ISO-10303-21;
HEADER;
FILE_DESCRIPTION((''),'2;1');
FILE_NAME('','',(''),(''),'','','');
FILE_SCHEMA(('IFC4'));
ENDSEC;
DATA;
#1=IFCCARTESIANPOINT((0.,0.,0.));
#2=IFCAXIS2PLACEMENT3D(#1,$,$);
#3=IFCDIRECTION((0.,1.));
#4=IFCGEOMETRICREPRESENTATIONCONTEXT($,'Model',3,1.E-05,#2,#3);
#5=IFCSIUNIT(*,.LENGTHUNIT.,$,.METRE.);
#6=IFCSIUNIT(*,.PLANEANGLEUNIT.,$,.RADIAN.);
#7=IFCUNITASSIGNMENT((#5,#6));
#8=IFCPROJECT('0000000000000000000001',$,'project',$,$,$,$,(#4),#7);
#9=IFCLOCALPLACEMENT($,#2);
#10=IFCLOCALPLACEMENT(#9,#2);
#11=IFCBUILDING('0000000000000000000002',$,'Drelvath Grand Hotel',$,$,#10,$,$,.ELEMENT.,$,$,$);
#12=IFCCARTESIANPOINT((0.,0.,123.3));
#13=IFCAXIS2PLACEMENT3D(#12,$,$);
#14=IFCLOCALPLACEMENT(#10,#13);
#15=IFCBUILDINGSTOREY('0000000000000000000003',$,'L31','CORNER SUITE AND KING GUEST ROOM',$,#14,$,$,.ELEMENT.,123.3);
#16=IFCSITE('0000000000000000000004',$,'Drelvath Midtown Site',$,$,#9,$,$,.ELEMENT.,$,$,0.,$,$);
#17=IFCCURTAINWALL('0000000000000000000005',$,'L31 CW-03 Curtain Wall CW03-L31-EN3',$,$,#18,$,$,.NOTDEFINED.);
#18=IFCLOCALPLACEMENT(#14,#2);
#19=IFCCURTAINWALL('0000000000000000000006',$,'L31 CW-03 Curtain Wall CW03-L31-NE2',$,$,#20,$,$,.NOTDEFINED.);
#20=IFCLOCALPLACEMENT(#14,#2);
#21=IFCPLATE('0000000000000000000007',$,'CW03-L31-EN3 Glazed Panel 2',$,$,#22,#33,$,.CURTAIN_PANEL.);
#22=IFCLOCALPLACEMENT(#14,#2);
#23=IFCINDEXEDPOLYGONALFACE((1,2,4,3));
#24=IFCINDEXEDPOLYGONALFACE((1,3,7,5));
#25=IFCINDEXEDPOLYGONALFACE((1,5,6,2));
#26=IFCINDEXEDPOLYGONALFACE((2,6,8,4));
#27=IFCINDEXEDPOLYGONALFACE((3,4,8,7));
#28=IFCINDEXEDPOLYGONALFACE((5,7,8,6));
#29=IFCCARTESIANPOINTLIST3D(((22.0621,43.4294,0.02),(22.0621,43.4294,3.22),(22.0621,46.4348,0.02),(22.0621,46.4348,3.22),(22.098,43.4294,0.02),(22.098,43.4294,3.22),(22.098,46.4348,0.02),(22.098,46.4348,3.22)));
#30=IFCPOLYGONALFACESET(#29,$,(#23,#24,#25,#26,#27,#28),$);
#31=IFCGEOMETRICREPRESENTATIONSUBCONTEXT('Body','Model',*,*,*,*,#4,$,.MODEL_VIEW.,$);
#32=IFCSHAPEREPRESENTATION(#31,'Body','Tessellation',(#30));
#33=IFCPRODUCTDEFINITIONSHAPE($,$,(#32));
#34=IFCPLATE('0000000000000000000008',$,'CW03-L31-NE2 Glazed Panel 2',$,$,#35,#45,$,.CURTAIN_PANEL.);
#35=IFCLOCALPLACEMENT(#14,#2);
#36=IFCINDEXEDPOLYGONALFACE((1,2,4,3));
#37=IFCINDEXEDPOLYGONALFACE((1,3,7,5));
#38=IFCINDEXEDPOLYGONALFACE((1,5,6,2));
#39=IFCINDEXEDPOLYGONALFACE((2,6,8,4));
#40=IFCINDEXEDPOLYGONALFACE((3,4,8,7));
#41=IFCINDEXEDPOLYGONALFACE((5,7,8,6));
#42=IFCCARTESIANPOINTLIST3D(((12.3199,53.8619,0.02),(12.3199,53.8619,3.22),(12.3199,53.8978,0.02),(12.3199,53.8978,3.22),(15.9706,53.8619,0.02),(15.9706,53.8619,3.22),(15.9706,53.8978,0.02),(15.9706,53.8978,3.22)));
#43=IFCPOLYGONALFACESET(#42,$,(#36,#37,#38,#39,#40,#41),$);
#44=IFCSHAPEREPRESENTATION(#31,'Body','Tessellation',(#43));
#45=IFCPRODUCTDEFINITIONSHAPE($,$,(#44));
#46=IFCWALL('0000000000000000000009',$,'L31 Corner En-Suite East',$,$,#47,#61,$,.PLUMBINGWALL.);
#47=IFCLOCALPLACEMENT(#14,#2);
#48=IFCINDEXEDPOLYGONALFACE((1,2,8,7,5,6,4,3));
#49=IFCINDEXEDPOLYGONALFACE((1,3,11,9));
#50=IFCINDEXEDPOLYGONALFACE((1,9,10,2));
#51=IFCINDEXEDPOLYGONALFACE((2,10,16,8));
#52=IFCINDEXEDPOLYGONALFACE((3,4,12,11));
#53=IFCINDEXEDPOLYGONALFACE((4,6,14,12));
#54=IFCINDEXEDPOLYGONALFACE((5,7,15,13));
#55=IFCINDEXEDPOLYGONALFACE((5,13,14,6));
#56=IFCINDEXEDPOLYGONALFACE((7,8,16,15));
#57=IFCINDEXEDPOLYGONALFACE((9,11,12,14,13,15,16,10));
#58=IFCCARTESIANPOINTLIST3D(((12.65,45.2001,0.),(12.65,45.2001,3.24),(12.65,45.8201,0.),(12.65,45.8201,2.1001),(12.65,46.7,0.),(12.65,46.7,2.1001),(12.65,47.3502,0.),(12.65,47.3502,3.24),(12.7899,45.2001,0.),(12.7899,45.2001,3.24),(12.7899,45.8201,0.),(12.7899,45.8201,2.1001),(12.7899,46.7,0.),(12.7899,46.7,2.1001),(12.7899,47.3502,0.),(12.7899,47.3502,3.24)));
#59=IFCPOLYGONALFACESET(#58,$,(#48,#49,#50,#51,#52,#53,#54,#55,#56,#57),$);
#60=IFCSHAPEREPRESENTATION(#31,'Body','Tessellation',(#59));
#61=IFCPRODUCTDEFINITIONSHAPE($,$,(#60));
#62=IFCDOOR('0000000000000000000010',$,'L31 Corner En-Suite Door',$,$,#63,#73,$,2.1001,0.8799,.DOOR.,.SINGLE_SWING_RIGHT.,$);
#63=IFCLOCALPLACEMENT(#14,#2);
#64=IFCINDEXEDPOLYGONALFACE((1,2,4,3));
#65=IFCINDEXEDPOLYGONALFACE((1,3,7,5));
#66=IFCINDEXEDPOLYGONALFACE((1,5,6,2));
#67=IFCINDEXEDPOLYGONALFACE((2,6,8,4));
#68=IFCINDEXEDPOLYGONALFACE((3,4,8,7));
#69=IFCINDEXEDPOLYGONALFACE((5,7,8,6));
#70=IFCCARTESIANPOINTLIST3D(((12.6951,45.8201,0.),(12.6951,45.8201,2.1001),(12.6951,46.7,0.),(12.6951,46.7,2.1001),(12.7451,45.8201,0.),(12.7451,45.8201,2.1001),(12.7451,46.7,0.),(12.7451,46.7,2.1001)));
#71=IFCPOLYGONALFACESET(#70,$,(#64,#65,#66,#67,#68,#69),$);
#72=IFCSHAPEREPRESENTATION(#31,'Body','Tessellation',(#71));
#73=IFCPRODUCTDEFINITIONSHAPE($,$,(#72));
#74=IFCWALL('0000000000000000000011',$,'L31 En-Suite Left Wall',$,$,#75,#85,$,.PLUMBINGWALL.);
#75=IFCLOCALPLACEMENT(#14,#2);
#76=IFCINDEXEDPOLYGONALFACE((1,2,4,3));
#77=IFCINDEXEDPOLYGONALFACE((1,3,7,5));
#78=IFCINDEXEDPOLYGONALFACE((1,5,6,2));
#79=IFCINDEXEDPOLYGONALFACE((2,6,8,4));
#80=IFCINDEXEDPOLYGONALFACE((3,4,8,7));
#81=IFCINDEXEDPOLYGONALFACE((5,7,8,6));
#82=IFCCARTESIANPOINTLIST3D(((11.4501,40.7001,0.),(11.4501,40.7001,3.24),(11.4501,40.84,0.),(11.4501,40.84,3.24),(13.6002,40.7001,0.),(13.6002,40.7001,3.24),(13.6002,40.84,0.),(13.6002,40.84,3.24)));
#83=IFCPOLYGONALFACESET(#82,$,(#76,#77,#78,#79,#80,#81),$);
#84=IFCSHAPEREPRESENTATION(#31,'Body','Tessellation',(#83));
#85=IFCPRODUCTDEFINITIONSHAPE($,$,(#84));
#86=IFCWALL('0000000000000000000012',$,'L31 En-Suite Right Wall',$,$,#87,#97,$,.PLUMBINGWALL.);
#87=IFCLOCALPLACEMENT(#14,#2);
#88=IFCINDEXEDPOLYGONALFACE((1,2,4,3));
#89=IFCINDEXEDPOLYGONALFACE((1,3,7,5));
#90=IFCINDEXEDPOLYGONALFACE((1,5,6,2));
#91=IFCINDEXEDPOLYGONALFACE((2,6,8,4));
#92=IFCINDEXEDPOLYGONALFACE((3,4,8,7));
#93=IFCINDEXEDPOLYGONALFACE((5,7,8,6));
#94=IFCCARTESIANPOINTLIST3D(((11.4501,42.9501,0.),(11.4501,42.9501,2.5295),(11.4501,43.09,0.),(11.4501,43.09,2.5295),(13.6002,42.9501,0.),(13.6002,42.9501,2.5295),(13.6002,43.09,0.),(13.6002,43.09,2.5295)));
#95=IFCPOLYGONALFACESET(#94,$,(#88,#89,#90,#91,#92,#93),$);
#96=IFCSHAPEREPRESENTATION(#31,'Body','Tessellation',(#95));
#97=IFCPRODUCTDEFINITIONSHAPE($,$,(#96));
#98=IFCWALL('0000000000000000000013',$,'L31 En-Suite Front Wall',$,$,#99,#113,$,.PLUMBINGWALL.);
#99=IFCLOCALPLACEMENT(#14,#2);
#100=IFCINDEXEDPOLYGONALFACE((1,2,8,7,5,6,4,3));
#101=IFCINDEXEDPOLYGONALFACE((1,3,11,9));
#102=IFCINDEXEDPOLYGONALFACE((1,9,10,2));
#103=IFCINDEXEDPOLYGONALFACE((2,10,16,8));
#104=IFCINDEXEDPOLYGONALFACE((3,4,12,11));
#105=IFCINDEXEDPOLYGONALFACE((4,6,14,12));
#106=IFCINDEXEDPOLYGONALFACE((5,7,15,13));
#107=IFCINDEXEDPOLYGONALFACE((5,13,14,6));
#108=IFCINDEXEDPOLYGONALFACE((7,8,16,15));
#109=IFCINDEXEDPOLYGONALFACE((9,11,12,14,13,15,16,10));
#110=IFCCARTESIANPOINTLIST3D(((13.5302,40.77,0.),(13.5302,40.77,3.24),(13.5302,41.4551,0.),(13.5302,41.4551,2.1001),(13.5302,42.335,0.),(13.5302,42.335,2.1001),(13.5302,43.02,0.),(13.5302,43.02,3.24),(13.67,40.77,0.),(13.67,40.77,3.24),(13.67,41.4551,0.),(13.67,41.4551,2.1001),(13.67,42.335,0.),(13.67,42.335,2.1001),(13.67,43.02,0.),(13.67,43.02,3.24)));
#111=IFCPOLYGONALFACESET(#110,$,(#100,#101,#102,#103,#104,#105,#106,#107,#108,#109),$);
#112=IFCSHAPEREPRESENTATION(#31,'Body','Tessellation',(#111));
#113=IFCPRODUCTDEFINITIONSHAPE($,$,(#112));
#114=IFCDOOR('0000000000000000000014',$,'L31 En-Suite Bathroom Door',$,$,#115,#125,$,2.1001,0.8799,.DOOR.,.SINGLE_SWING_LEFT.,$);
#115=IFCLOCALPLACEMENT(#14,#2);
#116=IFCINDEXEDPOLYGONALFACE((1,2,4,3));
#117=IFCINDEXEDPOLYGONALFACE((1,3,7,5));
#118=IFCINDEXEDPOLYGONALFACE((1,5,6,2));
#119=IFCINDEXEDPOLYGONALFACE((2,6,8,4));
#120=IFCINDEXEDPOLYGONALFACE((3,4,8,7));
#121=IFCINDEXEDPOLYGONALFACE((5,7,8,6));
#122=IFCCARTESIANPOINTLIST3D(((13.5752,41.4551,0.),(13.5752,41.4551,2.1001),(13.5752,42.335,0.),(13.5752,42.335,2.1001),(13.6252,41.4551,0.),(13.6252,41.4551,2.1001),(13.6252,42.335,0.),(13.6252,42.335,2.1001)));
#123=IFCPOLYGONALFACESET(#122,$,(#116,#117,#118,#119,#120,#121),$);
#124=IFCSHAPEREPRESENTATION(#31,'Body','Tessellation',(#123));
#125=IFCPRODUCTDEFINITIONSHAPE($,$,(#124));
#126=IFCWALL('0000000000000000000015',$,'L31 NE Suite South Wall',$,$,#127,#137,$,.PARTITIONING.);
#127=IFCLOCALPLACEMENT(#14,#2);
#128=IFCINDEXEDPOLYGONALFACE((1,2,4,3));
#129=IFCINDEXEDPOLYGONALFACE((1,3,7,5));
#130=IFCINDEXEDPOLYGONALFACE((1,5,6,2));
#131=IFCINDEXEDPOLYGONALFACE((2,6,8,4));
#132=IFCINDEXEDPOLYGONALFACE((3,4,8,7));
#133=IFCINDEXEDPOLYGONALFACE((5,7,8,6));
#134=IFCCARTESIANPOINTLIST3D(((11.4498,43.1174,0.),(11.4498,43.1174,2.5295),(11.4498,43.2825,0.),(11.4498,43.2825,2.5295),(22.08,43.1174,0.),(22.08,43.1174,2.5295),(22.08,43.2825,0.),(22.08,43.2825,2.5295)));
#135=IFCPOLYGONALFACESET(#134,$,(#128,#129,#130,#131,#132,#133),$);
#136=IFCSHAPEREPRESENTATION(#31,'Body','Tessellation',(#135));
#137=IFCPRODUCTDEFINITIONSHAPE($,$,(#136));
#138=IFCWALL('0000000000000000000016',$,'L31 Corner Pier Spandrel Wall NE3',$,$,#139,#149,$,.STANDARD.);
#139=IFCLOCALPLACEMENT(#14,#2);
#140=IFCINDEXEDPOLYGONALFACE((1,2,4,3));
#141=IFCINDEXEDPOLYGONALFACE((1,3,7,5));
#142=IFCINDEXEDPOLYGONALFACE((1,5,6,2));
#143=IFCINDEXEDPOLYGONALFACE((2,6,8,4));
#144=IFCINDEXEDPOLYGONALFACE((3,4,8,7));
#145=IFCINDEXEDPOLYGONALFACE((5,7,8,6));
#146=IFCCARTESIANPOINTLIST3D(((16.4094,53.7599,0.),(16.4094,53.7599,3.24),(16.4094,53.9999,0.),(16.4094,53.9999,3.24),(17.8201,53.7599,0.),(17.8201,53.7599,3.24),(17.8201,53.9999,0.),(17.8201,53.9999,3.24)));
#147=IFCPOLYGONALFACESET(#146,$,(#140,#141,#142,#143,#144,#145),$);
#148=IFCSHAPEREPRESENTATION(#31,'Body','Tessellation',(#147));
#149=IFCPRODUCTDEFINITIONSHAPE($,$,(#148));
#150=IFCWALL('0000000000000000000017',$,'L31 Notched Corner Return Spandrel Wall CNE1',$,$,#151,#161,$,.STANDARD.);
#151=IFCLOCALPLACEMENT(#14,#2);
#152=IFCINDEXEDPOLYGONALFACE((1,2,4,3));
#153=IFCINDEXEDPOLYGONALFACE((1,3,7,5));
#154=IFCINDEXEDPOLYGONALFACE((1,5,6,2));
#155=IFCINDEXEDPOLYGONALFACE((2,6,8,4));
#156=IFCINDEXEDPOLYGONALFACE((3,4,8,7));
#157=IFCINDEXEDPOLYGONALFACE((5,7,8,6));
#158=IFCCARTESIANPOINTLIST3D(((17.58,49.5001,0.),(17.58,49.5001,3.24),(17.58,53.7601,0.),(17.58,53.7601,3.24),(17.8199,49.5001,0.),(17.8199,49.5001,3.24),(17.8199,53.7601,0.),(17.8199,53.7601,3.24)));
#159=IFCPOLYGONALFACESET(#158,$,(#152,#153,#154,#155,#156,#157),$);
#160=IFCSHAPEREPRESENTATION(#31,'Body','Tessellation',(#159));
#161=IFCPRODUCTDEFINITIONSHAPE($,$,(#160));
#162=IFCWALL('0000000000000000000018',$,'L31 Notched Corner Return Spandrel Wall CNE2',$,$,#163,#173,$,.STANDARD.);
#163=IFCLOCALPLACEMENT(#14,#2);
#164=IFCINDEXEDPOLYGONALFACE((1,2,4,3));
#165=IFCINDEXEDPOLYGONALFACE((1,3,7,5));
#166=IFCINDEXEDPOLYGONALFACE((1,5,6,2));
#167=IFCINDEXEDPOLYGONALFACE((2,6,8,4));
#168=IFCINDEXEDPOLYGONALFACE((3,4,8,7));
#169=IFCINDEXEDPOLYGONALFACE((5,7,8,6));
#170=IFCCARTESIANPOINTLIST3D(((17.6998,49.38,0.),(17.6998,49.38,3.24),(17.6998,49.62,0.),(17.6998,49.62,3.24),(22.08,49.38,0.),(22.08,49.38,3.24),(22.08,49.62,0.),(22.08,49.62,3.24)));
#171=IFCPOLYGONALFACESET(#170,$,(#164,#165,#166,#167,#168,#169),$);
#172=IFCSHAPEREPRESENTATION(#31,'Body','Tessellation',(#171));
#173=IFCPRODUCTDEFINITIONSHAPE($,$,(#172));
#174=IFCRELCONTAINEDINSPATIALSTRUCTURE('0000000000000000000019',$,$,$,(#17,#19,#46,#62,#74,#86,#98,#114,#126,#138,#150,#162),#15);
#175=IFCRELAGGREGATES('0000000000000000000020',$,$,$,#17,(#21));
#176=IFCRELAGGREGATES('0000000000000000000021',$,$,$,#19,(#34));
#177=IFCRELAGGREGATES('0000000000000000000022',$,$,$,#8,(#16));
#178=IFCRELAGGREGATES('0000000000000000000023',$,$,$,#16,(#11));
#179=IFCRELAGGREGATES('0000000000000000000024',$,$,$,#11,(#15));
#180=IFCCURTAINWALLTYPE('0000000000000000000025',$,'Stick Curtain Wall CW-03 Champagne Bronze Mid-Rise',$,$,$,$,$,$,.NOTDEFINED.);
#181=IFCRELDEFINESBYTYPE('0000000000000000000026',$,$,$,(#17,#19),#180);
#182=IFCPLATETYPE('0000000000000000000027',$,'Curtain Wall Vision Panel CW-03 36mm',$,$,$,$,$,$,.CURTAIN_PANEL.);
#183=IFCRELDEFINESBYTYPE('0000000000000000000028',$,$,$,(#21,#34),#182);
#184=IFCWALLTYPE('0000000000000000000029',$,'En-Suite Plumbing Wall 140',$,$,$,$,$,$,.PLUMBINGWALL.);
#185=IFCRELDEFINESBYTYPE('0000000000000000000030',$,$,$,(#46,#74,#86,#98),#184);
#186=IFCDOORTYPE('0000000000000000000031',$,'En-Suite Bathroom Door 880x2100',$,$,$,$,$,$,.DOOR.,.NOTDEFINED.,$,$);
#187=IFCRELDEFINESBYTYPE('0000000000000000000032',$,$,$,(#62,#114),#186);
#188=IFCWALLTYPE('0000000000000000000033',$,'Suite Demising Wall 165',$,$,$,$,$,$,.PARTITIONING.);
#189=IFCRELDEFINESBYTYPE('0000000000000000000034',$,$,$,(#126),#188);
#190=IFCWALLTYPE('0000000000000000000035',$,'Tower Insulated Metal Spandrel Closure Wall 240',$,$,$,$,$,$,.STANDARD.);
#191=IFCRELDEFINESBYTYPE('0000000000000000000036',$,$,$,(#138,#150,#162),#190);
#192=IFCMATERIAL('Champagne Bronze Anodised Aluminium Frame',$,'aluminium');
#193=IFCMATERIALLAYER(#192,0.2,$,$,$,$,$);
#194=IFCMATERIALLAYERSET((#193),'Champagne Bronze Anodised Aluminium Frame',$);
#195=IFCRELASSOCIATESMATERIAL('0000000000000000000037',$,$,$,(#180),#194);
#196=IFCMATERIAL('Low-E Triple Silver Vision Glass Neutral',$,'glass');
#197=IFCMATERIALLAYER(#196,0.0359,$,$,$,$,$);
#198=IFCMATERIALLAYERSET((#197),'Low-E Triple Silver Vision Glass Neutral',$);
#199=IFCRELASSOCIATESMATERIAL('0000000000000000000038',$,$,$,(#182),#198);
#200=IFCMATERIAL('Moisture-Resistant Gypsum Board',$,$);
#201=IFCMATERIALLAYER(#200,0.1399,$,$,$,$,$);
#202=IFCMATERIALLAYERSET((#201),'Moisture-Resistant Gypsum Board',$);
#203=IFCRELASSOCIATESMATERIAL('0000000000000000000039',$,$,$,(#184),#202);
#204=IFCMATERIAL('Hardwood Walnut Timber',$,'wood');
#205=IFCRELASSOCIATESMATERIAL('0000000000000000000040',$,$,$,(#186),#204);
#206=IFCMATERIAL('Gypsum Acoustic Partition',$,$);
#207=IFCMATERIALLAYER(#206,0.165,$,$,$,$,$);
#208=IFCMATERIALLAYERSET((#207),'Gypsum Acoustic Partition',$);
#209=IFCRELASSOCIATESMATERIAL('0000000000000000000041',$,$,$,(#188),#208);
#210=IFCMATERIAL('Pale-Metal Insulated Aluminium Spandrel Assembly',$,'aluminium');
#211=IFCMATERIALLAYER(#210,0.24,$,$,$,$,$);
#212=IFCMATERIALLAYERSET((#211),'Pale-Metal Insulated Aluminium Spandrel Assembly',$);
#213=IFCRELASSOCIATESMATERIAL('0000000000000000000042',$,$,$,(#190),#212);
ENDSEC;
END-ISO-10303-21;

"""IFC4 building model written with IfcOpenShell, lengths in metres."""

from ifc_helpers import new_model, si_unit, direction, frame, frame_2d, origin, origin_2d, place, context, subcontext, project, spatial, rectangle, extrude, material, layer, layer_set, type_object, element, fill, aggregate, save


model = new_model("IFC4")

# Units and contexts
model_context = context("Model", 3, precision=1e-05, world=origin(), true_north=direction((0.0, 1.0)))
body_context = subcontext(model_context, "Body", "Model", "MODEL_VIEW")
ifc_project = project(units=[si_unit("LENGTHUNIT", "METRE"), si_unit("PLANEANGLEUNIT", "RADIAN")], contexts=[model_context])

# Site, building, storey
site_placement = place(None, origin())
site = spatial("IfcSite", under=ifc_project, at=site_placement, Name="Drelvath Midtown Site", CompositionType="ELEMENT", RefElevation=0.0)
building_placement = place(site_placement, origin())
building = spatial("IfcBuilding", under=site, at=building_placement, Name="Drelvath Grand Hotel", CompositionType="ELEMENT")
storey_placement = place(building_placement, frame((0.0, 0.0, 123.3)))
storey = spatial("IfcBuildingStorey", under=building, at=storey_placement, Name="L31", Description="CORNER SUITE AND KING GUEST ROOM", CompositionType="ELEMENT", Elevation=123.3)

# Curtain wall
ifc_material_1 = material(Name="Champagne Bronze Anodised Aluminium Frame", Category="aluminium")
ifc_layer_1 = layer(ifc_material_1, 0.2)
ifc_layer_set_1 = layer_set([ifc_layer_1], Name="Champagne Bronze Anodised Aluminium Frame")
curtain_wall_type = type_object("IfcCurtainWallType", Name="Stick Curtain Wall CW-03 Champagne Bronze Mid-Rise", PredefinedType="NOTDEFINED", material=ifc_layer_set_1)
curtain_wall_1_placement = place(storey_placement, origin())
curtain_wall_1 = element("IfcCurtainWall", 1, at=curtain_wall_1_placement, inside=storey, type_object=curtain_wall_type, Name="L31 CW-03 Curtain Wall CW03-L31-EN3", PredefinedType="NOTDEFINED")

# Curtain wall
curtain_wall_2_placement = place(storey_placement, origin())
curtain_wall_2 = element("IfcCurtainWall", 2, at=curtain_wall_2_placement, inside=storey, type_object=curtain_wall_type, Name="L31 CW-03 Curtain Wall CW03-L31-NE2", PredefinedType="NOTDEFINED")

# Plates
ifc_material_2 = material(Name="Low-E Triple Silver Vision Glass Neutral", Category="glass")
ifc_layer_2 = layer(ifc_material_2, 0.0359)
ifc_layer_set_2 = layer_set([ifc_layer_2], Name="Low-E Triple Silver Vision Glass Neutral")
plate_type = type_object("IfcPlateType", Name="Curtain Wall Vision Panel CW-03 36mm", PredefinedType="CURTAIN_PANEL", material=ifc_layer_set_2)
plate_1_placement = place(storey_placement, frame((22.0801, 44.9321, 0.02), z_axis=(0.0, 0.0, 1.0), x_axis=(0.0, -1.0, 0.0)))
plate_1 = element("IfcPlate", 3, at=plate_1_placement, type_object=plate_type, Name="CW03-L31-EN3 Glazed Panel 2", PredefinedType="CURTAIN_PANEL", context=body_context, shape_type="SweptSolid", body=[
    extrude(rectangle(XDim=3.0054, YDim=0.0359, at=origin_2d()), origin(), (0.0, 0.0, 1.0), 3.2),
])
aggregate(curtain_wall_1, [plate_1])
plate_2_placement = place(storey_placement, frame((14.1453, 53.8799, 0.02), z_axis=(0.0, 0.0, 1.0), x_axis=(1.0, 0.0, 0.0)))
plate_2 = element("IfcPlate", 4, at=plate_2_placement, type_object=plate_type, Name="CW03-L31-NE2 Glazed Panel 2", PredefinedType="CURTAIN_PANEL", context=body_context, shape_type="SweptSolid", body=[
    extrude(rectangle(XDim=3.6506, YDim=0.0359, at=origin_2d()), origin(), (0.0, 0.0, 1.0), 3.2),
])
aggregate(curtain_wall_2, [plate_2])

# Wall, opening, door
ifc_material_3 = material(Name="Moisture-Resistant Gypsum Board")
ifc_layer_3 = layer(ifc_material_3, 0.1399)
ifc_layer_set_3 = layer_set([ifc_layer_3], Name="Moisture-Resistant Gypsum Board")
wall_type_1 = type_object("IfcWallType", Name="En-Suite Plumbing Wall 140", PredefinedType="PLUMBINGWALL", material=ifc_layer_set_3)
wall_1_placement = place(storey_placement, frame((12.72, 45.2, 0.0), z_axis=(0.0, 0.0, 1.0), x_axis=(0.0, 1.0, 0.0)))
wall_1 = element("IfcWall", 5, at=wall_1_placement, inside=storey, type_object=wall_type_1, Name="L31 Corner En-Suite East", PredefinedType="PLUMBINGWALL", context=body_context, shape_type="SweptSolid", body=[
    extrude(rectangle(XDim=2.1501, YDim=0.1399, at=frame_2d((1.0752, 0.0))), origin(), (0.0, 0.0, 1.0), 3.24),
])
opening_1_placement = place(wall_1_placement, frame((0.6201, 0.0, 0.0)))
opening_1 = element("IfcOpeningElement", 6, at=opening_1_placement, cuts=wall_1, PredefinedType="OPENING", context=body_context, shape_type="SweptSolid", body=[
    extrude(rectangle(XDim=0.8799, YDim=2.1001, at=frame_2d((0.4399, 1.05))), frame((0.0, 0.0798, 0.0), z_axis=(0.0, -1.0, 0.0), x_axis=(1.0, 0.0, 0.0)), (0.0, 0.0, 1.0), 0.1599),
])
ifc_material_4 = material(Name="Hardwood Walnut Timber", Category="wood")
door_type = type_object("IfcDoorType", Name="En-Suite Bathroom Door 880x2100", OperationType="NOTDEFINED", PredefinedType="DOOR", material=ifc_material_4)
door_1_placement = place(opening_1_placement, origin())
door_1 = element("IfcDoor", 7, at=door_1_placement, inside=storey, type_object=door_type, Name="L31 Corner En-Suite Door", OperationType="SINGLE_SWING_RIGHT", OverallHeight=2.1001, OverallWidth=0.8799, PredefinedType="DOOR", context=body_context, shape_type="SweptSolid", body=[
    extrude(rectangle(XDim=0.8799, YDim=2.1001, at=frame_2d((0.4399, 1.05))), frame((0.0, 0.0249, 0.0), z_axis=(0.0, -1.0, 0.0), x_axis=(1.0, 0.0, 0.0)), (0.0, 0.0, 1.0), 0.05),
])
fill(opening_1, door_1)

# Walls
wall_2_placement = place(storey_placement, frame((11.45, 40.77, 0.0), z_axis=(0.0, 0.0, 1.0), x_axis=(1.0, 0.0, 0.0)))
element("IfcWall", 8, at=wall_2_placement, inside=storey, type_object=wall_type_1, Name="L31 En-Suite Left Wall", PredefinedType="PLUMBINGWALL", context=body_context, shape_type="SweptSolid", body=[
    extrude(rectangle(XDim=2.1501, YDim=0.1399, at=frame_2d((1.0752, 0.0))), origin(), (0.0, 0.0, 1.0), 3.24),
])
wall_3_placement = place(storey_placement, frame((11.45, 43.02, 0.0), z_axis=(0.0, 0.0, 1.0), x_axis=(1.0, 0.0, 0.0)))
element("IfcWall", 9, at=wall_3_placement, inside=storey, type_object=wall_type_1, Name="L31 En-Suite Right Wall", PredefinedType="PLUMBINGWALL", context=body_context, shape_type="SweptSolid", body=[
    extrude(rectangle(XDim=2.1501, YDim=0.1399, at=frame_2d((1.0752, 0.0))), origin(), (0.0, 0.0, 1.0), 2.5295),
])

# Wall, opening, door
wall_4_placement = place(storey_placement, frame((13.6001, 40.77, 0.0), z_axis=(0.0, 0.0, 1.0), x_axis=(0.0, 1.0, 0.0)))
wall_4 = element("IfcWall", 10, at=wall_4_placement, inside=storey, type_object=wall_type_1, Name="L31 En-Suite Front Wall", PredefinedType="PLUMBINGWALL", context=body_context, shape_type="SweptSolid", body=[
    extrude(rectangle(XDim=2.25, YDim=0.1399, at=frame_2d((1.125, 0.0))), origin(), (0.0, 0.0, 1.0), 3.24),
])
opening_2_placement = place(wall_4_placement, frame((0.6851, 0.0, 0.0)))
opening_2 = element("IfcOpeningElement", 11, at=opening_2_placement, cuts=wall_4, PredefinedType="OPENING", context=body_context, shape_type="SweptSolid", body=[
    extrude(rectangle(XDim=0.8799, YDim=2.1001, at=frame_2d((0.4399, 1.05))), frame((0.0, 0.0798, 0.0), z_axis=(0.0, -1.0, 0.0), x_axis=(1.0, 0.0, 0.0)), (0.0, 0.0, 1.0), 0.1599),
])
door_2_placement = place(opening_2_placement, origin())
door_2 = element("IfcDoor", 12, at=door_2_placement, inside=storey, type_object=door_type, Name="L31 En-Suite Bathroom Door", OperationType="SINGLE_SWING_LEFT", OverallHeight=2.1001, OverallWidth=0.8799, PredefinedType="DOOR", context=body_context, shape_type="SweptSolid", body=[
    extrude(rectangle(XDim=0.8799, YDim=2.1001, at=frame_2d((0.4399, 1.05))), frame((0.0, 0.0249, 0.0), z_axis=(0.0, -1.0, 0.0), x_axis=(1.0, 0.0, 0.0)), (0.0, 0.0, 1.0), 0.05),
])
fill(opening_2, door_2)

# Walls
ifc_material_5 = material(Name="Gypsum Acoustic Partition")
ifc_layer_4 = layer(ifc_material_5, 0.165)
ifc_layer_set_4 = layer_set([ifc_layer_4], Name="Gypsum Acoustic Partition")
wall_type_2 = type_object("IfcWallType", Name="Suite Demising Wall 165", PredefinedType="PARTITIONING", material=ifc_layer_set_4)
wall_5_placement = place(storey_placement, frame((11.45, 43.2, 0.0), z_axis=(0.0, 0.0, 1.0), x_axis=(1.0, 0.0, 0.0)))
element("IfcWall", 13, at=wall_5_placement, inside=storey, type_object=wall_type_2, Name="L31 NE Suite South Wall", PredefinedType="PARTITIONING", context=body_context, shape_type="SweptSolid", body=[
    extrude(rectangle(XDim=10.6301, YDim=0.165, at=frame_2d((5.3149, 0.0))), origin(), (0.0, 0.0, 1.0), 2.5295),
])
ifc_material_6 = material(Name="Pale-Metal Insulated Aluminium Spandrel Assembly", Category="aluminium")
ifc_layer_5 = layer(ifc_material_6, 0.24)
ifc_layer_set_5 = layer_set([ifc_layer_5], Name="Pale-Metal Insulated Aluminium Spandrel Assembly")
wall_type_3 = type_object("IfcWallType", Name="Tower Insulated Metal Spandrel Closure Wall 240", PredefinedType="STANDARD", material=ifc_layer_set_5)
wall_6_placement = place(storey_placement, frame((16.4094, 53.8799, 0.0), z_axis=(0.0, 0.0, 1.0), x_axis=(1.0, 0.0, 0.0)))
element("IfcWall", 14, at=wall_6_placement, inside=storey, type_object=wall_type_3, Name="L31 Corner Pier Spandrel Wall NE3", PredefinedType="STANDARD", context=body_context, shape_type="SweptSolid", body=[
    extrude(rectangle(XDim=1.4106, YDim=0.24, at=frame_2d((0.7053, 0.0))), origin(), (0.0, 0.0, 1.0), 3.24),
])
wall_7_placement = place(storey_placement, frame((17.7, 53.76, 0.0), z_axis=(0.0, 0.0, 1.0), x_axis=(0.0, -1.0, 0.0)))
element("IfcWall", 15, at=wall_7_placement, inside=storey, type_object=wall_type_3, Name="L31 Notched Corner Return Spandrel Wall CNE1", PredefinedType="STANDARD", context=body_context, shape_type="SweptSolid", body=[
    extrude(rectangle(XDim=4.26, YDim=0.24, at=frame_2d((2.1299, 0.0))), origin(), (0.0, 0.0, 1.0), 3.24),
])
wall_8_placement = place(storey_placement, frame((17.7, 49.5, 0.0), z_axis=(0.0, 0.0, 1.0), x_axis=(1.0, 0.0, 0.0)))
element("IfcWall", 16, at=wall_8_placement, inside=storey, type_object=wall_type_3, Name="L31 Notched Corner Return Spandrel Wall CNE2", PredefinedType="STANDARD", context=body_context, shape_type="SweptSolid", body=[
    extrude(rectangle(XDim=4.3801, YDim=0.24, at=frame_2d((2.1899, 0.0))), origin(), (0.0, 0.0, 1.0), 3.24),
])

save(model, "model.ifc")
